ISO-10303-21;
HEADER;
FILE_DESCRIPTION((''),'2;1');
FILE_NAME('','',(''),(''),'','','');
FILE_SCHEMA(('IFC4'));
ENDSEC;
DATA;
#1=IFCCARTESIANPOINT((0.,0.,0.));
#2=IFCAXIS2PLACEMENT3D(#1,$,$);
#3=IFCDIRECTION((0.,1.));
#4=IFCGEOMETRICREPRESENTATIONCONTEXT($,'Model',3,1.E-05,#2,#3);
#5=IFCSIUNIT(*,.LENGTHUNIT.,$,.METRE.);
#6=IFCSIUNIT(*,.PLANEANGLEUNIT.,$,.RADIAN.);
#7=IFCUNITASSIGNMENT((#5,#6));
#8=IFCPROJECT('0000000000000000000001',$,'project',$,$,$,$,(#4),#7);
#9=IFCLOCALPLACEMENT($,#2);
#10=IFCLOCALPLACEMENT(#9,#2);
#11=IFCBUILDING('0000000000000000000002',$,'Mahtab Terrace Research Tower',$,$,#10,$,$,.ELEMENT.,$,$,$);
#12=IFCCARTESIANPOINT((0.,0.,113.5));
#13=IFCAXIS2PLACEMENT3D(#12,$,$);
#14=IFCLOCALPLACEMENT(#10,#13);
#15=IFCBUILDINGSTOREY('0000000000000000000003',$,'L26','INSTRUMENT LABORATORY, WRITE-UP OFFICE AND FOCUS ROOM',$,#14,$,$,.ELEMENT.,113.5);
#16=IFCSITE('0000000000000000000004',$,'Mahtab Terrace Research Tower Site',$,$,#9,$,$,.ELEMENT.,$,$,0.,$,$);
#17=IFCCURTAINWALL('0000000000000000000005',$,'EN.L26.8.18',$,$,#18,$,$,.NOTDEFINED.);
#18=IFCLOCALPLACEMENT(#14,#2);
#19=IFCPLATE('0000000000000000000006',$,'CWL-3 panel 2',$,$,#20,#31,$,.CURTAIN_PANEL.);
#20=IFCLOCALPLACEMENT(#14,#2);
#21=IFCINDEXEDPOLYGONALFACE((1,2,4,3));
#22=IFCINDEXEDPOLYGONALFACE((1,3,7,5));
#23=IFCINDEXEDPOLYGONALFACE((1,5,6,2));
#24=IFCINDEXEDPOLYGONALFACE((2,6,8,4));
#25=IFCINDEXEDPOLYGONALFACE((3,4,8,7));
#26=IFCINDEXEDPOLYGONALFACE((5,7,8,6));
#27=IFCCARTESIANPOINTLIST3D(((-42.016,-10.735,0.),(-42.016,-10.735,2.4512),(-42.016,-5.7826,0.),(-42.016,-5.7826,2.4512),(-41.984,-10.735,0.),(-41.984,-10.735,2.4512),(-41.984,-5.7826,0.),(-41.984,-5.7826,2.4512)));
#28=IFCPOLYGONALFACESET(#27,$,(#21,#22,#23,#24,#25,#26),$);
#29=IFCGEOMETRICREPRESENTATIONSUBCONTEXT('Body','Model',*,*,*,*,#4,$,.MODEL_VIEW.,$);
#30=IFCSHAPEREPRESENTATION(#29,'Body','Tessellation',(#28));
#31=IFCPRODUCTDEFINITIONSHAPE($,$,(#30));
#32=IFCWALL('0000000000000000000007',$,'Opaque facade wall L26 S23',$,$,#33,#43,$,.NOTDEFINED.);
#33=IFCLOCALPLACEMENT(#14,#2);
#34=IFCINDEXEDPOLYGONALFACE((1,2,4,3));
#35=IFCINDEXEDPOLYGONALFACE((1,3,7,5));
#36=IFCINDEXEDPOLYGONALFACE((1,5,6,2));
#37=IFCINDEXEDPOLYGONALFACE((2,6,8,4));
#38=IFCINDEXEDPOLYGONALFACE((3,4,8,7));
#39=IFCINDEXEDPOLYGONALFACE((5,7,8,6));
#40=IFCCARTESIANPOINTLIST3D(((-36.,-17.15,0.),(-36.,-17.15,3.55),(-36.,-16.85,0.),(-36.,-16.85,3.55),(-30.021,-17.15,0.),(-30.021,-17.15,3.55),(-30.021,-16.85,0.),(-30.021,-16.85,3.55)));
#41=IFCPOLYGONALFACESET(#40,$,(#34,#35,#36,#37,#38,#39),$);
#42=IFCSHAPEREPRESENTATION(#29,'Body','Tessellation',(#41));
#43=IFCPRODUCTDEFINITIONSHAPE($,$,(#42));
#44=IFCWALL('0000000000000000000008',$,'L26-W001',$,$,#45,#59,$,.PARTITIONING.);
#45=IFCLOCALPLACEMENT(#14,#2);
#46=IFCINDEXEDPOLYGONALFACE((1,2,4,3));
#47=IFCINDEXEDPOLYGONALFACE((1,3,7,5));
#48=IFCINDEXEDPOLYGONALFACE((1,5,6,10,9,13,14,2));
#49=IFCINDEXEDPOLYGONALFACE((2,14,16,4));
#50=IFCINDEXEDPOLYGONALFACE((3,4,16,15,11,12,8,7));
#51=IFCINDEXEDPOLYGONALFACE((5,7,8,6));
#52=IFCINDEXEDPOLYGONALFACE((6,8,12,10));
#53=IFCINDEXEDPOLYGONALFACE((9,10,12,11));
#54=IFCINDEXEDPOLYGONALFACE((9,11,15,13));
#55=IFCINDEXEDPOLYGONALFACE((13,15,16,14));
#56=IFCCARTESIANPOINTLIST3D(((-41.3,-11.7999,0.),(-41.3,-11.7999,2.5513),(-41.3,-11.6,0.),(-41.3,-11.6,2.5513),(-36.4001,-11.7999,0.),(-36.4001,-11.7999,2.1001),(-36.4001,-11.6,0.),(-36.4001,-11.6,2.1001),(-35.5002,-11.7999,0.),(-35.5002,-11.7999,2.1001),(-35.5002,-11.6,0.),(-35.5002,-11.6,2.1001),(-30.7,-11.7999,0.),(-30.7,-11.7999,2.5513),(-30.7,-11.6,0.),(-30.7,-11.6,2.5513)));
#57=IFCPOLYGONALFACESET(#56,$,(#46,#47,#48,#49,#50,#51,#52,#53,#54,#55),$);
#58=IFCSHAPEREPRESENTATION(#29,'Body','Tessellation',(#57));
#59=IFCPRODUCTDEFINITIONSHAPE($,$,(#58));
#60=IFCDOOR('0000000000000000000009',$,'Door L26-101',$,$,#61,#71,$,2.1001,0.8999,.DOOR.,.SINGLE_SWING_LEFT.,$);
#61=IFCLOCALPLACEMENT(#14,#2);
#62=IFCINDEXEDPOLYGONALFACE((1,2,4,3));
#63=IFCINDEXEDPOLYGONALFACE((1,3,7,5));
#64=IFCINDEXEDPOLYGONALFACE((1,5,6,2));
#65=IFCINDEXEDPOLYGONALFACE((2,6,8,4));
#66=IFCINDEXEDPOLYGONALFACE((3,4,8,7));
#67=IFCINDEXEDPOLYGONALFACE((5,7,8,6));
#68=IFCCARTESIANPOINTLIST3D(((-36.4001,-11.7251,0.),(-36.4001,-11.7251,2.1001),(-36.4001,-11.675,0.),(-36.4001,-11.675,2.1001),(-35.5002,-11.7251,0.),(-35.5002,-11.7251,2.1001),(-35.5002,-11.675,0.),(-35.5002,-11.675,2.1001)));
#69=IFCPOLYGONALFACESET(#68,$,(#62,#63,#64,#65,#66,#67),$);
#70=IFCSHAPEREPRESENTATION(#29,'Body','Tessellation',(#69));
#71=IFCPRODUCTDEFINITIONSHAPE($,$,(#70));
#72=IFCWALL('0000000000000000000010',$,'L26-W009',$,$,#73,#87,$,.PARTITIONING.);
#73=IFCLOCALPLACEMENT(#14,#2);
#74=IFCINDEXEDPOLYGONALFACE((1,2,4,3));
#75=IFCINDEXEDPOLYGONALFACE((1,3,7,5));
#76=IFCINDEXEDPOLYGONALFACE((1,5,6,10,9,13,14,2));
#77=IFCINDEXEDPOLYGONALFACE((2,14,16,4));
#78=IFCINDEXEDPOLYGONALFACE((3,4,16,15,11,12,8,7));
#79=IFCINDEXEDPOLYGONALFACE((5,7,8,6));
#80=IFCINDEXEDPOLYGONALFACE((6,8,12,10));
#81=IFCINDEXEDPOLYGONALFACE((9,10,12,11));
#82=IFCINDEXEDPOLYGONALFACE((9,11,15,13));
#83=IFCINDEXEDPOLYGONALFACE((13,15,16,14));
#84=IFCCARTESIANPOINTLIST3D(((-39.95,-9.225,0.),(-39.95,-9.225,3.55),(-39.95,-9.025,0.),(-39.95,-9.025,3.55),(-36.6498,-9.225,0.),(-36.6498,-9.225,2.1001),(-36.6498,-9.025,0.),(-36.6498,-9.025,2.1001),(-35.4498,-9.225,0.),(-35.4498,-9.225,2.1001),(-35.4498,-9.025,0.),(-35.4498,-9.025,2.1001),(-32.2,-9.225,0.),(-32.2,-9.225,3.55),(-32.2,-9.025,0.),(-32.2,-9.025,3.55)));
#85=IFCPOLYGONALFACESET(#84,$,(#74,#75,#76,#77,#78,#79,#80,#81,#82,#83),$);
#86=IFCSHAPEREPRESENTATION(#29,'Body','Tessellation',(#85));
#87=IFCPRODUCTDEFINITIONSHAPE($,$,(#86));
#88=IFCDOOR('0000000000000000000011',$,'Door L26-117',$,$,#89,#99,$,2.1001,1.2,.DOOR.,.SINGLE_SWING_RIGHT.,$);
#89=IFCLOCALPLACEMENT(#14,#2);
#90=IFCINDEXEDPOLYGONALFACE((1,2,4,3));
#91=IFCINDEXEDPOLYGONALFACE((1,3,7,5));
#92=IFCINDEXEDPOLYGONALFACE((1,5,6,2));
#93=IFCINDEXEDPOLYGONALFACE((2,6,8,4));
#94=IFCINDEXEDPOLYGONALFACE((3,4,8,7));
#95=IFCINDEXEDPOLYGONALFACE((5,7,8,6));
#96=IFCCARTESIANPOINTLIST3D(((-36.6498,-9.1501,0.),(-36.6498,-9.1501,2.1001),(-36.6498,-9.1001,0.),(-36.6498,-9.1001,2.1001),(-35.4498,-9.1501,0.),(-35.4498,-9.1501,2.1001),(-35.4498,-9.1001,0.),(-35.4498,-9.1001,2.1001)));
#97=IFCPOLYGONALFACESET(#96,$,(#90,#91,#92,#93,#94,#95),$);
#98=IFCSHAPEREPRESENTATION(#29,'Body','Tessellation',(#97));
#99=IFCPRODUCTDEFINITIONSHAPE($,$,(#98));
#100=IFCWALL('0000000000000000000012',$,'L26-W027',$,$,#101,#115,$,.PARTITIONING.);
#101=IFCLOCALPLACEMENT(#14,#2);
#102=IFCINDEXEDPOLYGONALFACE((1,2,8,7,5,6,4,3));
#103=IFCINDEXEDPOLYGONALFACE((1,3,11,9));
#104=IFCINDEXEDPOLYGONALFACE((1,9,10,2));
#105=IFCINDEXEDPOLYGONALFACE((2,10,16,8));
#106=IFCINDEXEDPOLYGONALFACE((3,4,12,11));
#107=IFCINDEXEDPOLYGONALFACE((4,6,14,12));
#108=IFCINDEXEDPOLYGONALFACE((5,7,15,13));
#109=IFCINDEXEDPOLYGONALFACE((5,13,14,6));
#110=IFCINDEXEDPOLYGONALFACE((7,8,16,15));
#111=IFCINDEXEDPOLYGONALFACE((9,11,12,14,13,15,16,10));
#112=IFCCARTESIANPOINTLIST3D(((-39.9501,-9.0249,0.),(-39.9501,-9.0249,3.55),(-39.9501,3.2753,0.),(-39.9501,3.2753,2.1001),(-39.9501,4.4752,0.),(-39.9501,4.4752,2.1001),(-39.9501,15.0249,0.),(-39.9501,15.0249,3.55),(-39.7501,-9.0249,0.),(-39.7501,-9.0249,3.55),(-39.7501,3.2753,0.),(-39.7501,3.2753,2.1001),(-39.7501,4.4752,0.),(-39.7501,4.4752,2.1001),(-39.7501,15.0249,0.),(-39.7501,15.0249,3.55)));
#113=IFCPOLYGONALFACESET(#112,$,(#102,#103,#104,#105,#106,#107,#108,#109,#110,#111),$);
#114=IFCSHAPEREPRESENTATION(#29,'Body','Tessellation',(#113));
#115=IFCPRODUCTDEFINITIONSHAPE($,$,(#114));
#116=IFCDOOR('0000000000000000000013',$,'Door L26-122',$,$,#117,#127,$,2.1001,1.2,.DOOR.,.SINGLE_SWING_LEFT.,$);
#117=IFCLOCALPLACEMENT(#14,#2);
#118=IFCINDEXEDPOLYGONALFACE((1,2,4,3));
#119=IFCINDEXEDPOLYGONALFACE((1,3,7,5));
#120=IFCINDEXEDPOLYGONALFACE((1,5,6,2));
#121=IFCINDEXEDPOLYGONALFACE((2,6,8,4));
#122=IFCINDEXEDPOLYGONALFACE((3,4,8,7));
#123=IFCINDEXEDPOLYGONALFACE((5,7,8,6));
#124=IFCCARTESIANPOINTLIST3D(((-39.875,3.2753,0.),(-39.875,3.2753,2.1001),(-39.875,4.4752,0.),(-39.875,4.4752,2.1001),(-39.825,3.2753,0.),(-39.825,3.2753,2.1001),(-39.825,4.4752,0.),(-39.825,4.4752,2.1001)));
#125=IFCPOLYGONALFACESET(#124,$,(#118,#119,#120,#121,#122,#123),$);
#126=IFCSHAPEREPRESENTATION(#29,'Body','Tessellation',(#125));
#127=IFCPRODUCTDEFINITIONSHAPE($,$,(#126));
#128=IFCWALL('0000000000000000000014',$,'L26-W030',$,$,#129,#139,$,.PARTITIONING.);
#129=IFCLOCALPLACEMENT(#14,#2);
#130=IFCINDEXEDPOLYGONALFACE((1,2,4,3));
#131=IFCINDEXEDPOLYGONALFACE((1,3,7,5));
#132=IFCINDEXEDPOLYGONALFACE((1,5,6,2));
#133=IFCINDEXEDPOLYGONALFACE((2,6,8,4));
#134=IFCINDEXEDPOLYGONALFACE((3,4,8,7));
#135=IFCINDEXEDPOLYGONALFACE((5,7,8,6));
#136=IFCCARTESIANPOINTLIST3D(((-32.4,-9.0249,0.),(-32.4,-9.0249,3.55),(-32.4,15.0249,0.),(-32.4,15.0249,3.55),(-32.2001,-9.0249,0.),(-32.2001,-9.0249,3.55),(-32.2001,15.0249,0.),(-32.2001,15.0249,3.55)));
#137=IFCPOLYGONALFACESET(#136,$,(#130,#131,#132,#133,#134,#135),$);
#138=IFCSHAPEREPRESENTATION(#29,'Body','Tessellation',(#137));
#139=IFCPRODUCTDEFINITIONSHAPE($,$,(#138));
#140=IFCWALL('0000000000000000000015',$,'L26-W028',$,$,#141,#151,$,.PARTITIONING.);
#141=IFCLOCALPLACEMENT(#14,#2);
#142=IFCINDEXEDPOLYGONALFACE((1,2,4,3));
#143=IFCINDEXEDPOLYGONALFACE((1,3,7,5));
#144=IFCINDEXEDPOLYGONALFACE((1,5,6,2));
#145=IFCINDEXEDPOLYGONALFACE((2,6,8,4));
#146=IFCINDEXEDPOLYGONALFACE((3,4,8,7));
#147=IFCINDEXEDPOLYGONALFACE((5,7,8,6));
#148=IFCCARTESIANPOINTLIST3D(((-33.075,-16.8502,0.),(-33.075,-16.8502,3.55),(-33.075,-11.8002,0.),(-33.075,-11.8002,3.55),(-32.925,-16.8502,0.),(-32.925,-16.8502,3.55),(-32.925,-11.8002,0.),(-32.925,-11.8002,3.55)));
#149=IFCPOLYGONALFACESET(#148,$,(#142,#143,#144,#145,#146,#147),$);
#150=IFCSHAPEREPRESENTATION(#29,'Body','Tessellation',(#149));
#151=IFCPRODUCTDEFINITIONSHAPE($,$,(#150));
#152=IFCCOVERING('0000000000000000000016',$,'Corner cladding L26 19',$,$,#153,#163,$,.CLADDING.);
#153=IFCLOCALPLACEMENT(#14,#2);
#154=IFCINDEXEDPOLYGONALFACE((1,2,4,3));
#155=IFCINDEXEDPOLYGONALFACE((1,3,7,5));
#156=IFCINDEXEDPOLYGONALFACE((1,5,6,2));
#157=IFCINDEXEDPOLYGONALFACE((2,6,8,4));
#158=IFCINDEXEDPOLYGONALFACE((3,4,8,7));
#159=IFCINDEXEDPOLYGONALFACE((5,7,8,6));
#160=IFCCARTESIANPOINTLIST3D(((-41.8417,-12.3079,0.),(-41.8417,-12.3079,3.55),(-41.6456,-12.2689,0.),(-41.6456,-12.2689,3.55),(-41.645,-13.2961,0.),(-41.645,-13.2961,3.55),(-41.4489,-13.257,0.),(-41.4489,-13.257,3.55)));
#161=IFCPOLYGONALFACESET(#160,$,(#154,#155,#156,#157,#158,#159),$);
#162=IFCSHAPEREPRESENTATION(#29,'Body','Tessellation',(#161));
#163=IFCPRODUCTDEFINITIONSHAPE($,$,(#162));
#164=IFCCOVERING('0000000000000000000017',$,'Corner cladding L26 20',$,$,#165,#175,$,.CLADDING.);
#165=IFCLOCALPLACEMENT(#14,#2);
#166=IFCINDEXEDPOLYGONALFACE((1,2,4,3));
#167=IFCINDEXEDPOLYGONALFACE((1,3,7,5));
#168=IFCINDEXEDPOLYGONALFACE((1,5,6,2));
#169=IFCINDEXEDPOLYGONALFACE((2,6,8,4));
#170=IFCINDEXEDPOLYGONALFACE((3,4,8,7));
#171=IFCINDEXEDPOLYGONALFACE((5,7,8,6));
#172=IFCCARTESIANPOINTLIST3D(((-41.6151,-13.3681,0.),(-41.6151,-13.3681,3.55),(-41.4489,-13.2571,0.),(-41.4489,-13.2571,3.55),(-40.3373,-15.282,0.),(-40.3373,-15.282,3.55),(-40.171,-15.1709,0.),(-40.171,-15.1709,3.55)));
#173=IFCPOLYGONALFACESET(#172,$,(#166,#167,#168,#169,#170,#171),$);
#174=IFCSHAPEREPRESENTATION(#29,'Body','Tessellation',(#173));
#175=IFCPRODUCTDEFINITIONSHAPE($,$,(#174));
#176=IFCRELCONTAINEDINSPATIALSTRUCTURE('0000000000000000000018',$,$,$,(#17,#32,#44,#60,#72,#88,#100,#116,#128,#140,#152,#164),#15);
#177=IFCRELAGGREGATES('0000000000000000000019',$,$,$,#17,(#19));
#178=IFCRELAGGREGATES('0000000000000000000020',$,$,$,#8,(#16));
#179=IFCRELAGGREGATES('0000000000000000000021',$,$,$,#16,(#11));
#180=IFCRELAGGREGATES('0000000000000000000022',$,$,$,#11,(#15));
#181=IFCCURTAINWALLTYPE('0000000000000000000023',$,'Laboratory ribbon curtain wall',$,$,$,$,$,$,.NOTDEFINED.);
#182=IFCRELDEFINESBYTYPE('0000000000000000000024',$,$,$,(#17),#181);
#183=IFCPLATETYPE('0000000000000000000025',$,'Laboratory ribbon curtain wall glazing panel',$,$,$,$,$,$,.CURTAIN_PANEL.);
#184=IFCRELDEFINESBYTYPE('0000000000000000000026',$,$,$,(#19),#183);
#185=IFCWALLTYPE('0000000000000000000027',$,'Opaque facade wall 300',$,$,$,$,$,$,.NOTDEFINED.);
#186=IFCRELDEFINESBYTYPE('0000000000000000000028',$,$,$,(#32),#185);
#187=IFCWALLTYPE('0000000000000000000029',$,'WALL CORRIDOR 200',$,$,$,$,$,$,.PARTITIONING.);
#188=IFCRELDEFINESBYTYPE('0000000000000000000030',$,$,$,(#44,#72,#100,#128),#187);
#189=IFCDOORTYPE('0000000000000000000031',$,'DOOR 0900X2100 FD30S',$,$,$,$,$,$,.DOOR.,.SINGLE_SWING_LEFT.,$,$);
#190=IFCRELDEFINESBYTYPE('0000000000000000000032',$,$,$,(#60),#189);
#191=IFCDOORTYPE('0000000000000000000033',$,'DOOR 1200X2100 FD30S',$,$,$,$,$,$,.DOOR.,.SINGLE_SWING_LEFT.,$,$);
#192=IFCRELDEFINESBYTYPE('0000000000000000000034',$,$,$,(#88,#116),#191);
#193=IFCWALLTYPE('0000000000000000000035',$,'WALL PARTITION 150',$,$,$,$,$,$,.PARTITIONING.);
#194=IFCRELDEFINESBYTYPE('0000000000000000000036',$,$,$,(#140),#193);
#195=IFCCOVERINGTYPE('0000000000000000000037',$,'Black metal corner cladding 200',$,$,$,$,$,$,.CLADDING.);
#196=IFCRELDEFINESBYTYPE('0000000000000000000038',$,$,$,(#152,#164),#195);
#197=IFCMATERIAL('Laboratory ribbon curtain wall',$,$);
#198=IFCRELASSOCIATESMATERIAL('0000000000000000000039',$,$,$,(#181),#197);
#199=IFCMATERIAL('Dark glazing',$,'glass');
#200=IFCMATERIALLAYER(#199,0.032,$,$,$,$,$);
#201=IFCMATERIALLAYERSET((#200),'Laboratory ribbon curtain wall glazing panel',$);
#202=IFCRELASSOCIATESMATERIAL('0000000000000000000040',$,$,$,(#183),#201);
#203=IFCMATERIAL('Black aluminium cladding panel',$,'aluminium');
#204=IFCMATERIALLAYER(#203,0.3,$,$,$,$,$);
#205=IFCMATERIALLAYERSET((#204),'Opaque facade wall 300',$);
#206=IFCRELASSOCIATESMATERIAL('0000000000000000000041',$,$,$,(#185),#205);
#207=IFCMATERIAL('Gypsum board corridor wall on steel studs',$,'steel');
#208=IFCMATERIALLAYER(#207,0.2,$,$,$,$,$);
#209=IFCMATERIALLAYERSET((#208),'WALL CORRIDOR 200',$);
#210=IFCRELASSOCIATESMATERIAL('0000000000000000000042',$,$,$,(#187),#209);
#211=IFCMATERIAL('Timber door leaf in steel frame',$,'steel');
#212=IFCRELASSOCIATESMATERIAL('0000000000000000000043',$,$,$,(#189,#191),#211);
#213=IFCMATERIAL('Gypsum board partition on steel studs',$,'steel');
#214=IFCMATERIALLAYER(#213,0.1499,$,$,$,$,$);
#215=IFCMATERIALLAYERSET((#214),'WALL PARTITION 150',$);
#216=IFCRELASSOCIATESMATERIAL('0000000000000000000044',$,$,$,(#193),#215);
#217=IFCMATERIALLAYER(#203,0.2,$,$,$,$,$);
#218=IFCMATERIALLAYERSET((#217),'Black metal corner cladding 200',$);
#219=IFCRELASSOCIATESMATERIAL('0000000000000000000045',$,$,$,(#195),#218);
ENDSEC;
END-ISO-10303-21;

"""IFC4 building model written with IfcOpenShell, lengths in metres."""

from ifc_helpers import new_model, si_unit, direction, frame, frame_2d, origin, origin_2d, place, context, subcontext, project, spatial, rectangle, extrude, material, layer, layer_set, type_object, element, fill, aggregate, save


model = new_model("IFC4")

# Units and contexts
model_context = context("Model", 3, precision=1e-05, world=origin(), true_north=direction((0.0, 1.0)))
body_context = subcontext(model_context, "Body", "Model", "MODEL_VIEW")
ifc_project = project(units=[si_unit("LENGTHUNIT", "METRE"), si_unit("PLANEANGLEUNIT", "RADIAN")], contexts=[model_context])

# Site, building, storey
site_placement = place(None, origin())
site = spatial("IfcSite", under=ifc_project, at=site_placement, Name="Mahtab Terrace Research Tower Site", CompositionType="ELEMENT", RefElevation=0.0)
building_placement = place(site_placement, origin())
building = spatial("IfcBuilding", under=site, at=building_placement, Name="Mahtab Terrace Research Tower", CompositionType="ELEMENT")
storey_placement = place(building_placement, frame((0.0, 0.0, 113.5)))
storey = spatial("IfcBuildingStorey", under=building, at=storey_placement, Name="L26", Description="INSTRUMENT LABORATORY, WRITE-UP OFFICE AND FOCUS ROOM", CompositionType="ELEMENT", Elevation=113.5)

# Curtain wall
ifc_material_1 = material(Name="Laboratory ribbon curtain wall")
curtain_wall_type = type_object("IfcCurtainWallType", Name="Laboratory ribbon curtain wall", PredefinedType="NOTDEFINED", material=ifc_material_1)
curtain_wall_placement = place(storey_placement, origin())
curtain_wall = element("IfcCurtainWall", 1, at=curtain_wall_placement, inside=storey, type_object=curtain_wall_type, Name="EN.L26.8.18", PredefinedType="NOTDEFINED")

# Plate
ifc_material_2 = material(Name="Dark glazing", Category="glass")
ifc_layer_1 = layer(ifc_material_2, 0.032)
ifc_layer_set_1 = layer_set([ifc_layer_1], Name="Laboratory ribbon curtain wall glazing panel")
plate_type = type_object("IfcPlateType", Name="Laboratory ribbon curtain wall glazing panel", PredefinedType="CURTAIN_PANEL", material=ifc_layer_set_1)
plate_1_placement = place(storey_placement, frame((-42.0, -8.2588, 0.0), z_axis=(0.0, 0.0, 1.0), x_axis=(0.0, -1.0, 0.0)))
plate_1 = element("IfcPlate", 2, at=plate_1_placement, type_object=plate_type, Name="CWL-3 panel 2", PredefinedType="CURTAIN_PANEL", context=body_context, shape_type="SweptSolid", body=[
    extrude(rectangle(XDim=4.9524, YDim=0.032, at=origin_2d()), origin(), (0.0, 0.0, 1.0), 2.4512),
])
aggregate(curtain_wall, [plate_1])

# Wall
ifc_material_3 = material(Name="Black aluminium cladding panel", Category="aluminium")
ifc_layer_2 = layer(ifc_material_3, 0.3)
ifc_layer_set_2 = layer_set([ifc_layer_2], Name="Opaque facade wall 300")
wall_type_1 = type_object("IfcWallType", Name="Opaque facade wall 300", PredefinedType="NOTDEFINED", material=ifc_layer_set_2)
wall_1_placement = place(storey_placement, frame((-36.0, -17.0, 0.0), z_axis=(0.0, 0.0, 1.0), x_axis=(1.0, 0.0, 0.0)))
element("IfcWall", 3, at=wall_1_placement, inside=storey, type_object=wall_type_1, Name="Opaque facade wall L26 S23", PredefinedType="NOTDEFINED", context=body_context, shape_type="SweptSolid", body=[
    extrude(rectangle(XDim=5.979, YDim=0.3, at=frame_2d((2.9895, 0.0))), origin(), (0.0, 0.0, 1.0), 3.55),
])

# Walls, openings, doors
ifc_material_4 = material(Name="Gypsum board corridor wall on steel studs", Category="steel")
ifc_layer_3 = layer(ifc_material_4, 0.2)
ifc_layer_set_3 = layer_set([ifc_layer_3], Name="WALL CORRIDOR 200")
wall_type_2 = type_object("IfcWallType", Name="WALL CORRIDOR 200", PredefinedType="PARTITIONING", material=ifc_layer_set_3)
wall_2_placement = place(storey_placement, frame((-41.3, -11.7, 0.0), z_axis=(0.0, 0.0, 1.0), x_axis=(1.0, 0.0, 0.0)))
wall_2 = element("IfcWall", 4, at=wall_2_placement, inside=storey, type_object=wall_type_2, Name="L26-W001", PredefinedType="PARTITIONING", context=body_context, shape_type="SweptSolid", body=[
    extrude(rectangle(XDim=10.6001, YDim=0.2, at=frame_2d((5.3, 0.0))), origin(), (0.0, 0.0, 1.0), 2.5513),
])
opening_1_placement = place(wall_2_placement, frame((4.8999, 0.0, 0.0)))
opening_1 = element("IfcOpeningElement", 5, at=opening_1_placement, cuts=wall_2, PredefinedType="OPENING", context=body_context, shape_type="SweptSolid", body=[
    extrude(rectangle(XDim=0.8999, YDim=2.1001, at=frame_2d((0.45, 1.05))), frame((0.0, 0.1099, 0.0), z_axis=(0.0, -1.0, 0.0), x_axis=(1.0, 0.0, 0.0)), (0.0, 0.0, 1.0), 0.22),
])
ifc_material_5 = material(Name="Timber door leaf in steel frame", Category="steel")
door_type_1 = type_object("IfcDoorType", Name="DOOR 0900X2100 FD30S", OperationType="SINGLE_SWING_LEFT", PredefinedType="DOOR", material=ifc_material_5)
door_1_placement = place(opening_1_placement, origin())
door_1 = element("IfcDoor", 6, at=door_1_placement, inside=storey, type_object=door_type_1, Name="Door L26-101", OperationType="SINGLE_SWING_LEFT", OverallHeight=2.1001, OverallWidth=0.8999, PredefinedType="DOOR", context=body_context, shape_type="SweptSolid", body=[
    extrude(rectangle(XDim=0.8999, YDim=2.1001, at=frame_2d((0.45, 1.05))), frame((0.0, 0.0249, 0.0), z_axis=(0.0, -1.0, 0.0), x_axis=(1.0, 0.0, 0.0)), (0.0, 0.0, 1.0), 0.05),
])
fill(opening_1, door_1)
wall_3_placement = place(storey_placement, frame((-39.95, -9.125, 0.0), z_axis=(0.0, 0.0, 1.0), x_axis=(1.0, 0.0, 0.0)))
wall_3 = element("IfcWall", 7, at=wall_3_placement, inside=storey, type_object=wall_type_2, Name="L26-W009", PredefinedType="PARTITIONING", context=body_context, shape_type="SweptSolid", body=[
    extrude(rectangle(XDim=7.75, YDim=0.2, at=frame_2d((3.875, 0.0))), origin(), (0.0, 0.0, 1.0), 3.55),
])
opening_2_placement = place(wall_3_placement, frame((3.3, 0.0, 0.0)))
opening_2 = element("IfcOpeningElement", 8, at=opening_2_placement, cuts=wall_3, PredefinedType="OPENING", context=body_context, shape_type="SweptSolid", body=[
    extrude(rectangle(XDim=1.2, YDim=2.1001, at=frame_2d((0.6001, 1.05))), frame((0.0, 0.1099, 0.0), z_axis=(0.0, -1.0, 0.0), x_axis=(1.0, 0.0, 0.0)), (0.0, 0.0, 1.0), 0.22),
])
door_type_2 = type_object("IfcDoorType", Name="DOOR 1200X2100 FD30S", OperationType="SINGLE_SWING_LEFT", PredefinedType="DOOR", material=ifc_material_5)
door_2_placement = place(opening_2_placement, origin())
door_2 = element("IfcDoor", 9, at=door_2_placement, inside=storey, type_object=door_type_2, Name="Door L26-117", OperationType="SINGLE_SWING_RIGHT", OverallHeight=2.1001, OverallWidth=1.2, PredefinedType="DOOR", context=body_context, shape_type="SweptSolid", body=[
    extrude(rectangle(XDim=1.2, YDim=2.1001, at=frame_2d((0.6001, 1.05))), frame((0.0, 0.0249, 0.0), z_axis=(0.0, -1.0, 0.0), x_axis=(1.0, 0.0, 0.0)), (0.0, 0.0, 1.0), 0.05),
])
fill(opening_2, door_2)
wall_4_placement = place(storey_placement, frame((-39.8501, -9.0249, 0.0), z_axis=(0.0, 0.0, 1.0), x_axis=(0.0, 1.0, 0.0)))
wall_4 = element("IfcWall", 10, at=wall_4_placement, inside=storey, type_object=wall_type_2, Name="L26-W027", PredefinedType="PARTITIONING", context=body_context, shape_type="SweptSolid", body=[
    extrude(rectangle(XDim=24.0498, YDim=0.2, at=frame_2d((12.0249, 0.0))), origin(), (0.0, 0.0, 1.0), 3.55),
])
opening_3_placement = place(wall_4_placement, frame((12.3, 0.0, 0.0)))
opening_3 = element("IfcOpeningElement", 11, at=opening_3_placement, cuts=wall_4, PredefinedType="OPENING", context=body_context, shape_type="SweptSolid", body=[
    extrude(rectangle(XDim=1.2, YDim=2.1001, at=frame_2d((0.6001, 1.05))), frame((0.0, 0.1099, 0.0), z_axis=(0.0, -1.0, 0.0), x_axis=(1.0, 0.0, 0.0)), (0.0, 0.0, 1.0), 0.22),
])
door_3_placement = place(opening_3_placement, origin())
door_3 = element("IfcDoor", 12, at=door_3_placement, inside=storey, type_object=door_type_2, Name="Door L26-122", OperationType="SINGLE_SWING_LEFT", OverallHeight=2.1001, OverallWidth=1.2, PredefinedType="DOOR", context=body_context, shape_type="SweptSolid", body=[
    extrude(rectangle(XDim=1.2, YDim=2.1001, at=frame_2d((0.6001, 1.05))), frame((0.0, 0.0249, 0.0), z_axis=(0.0, -1.0, 0.0), x_axis=(1.0, 0.0, 0.0)), (0.0, 0.0, 1.0), 0.05),
])
fill(opening_3, door_3)

# Walls
wall_5_placement = place(storey_placement, frame((-32.3, -9.0249, 0.0), z_axis=(0.0, 0.0, 1.0), x_axis=(0.0, 1.0, 0.0)))
element("IfcWall", 13, at=wall_5_placement, inside=storey, type_object=wall_type_2, Name="L26-W030", PredefinedType="PARTITIONING", context=body_context, shape_type="SweptSolid", body=[
    extrude(rectangle(XDim=24.0498, YDim=0.2, at=frame_2d((12.0249, 0.0))), origin(), (0.0, 0.0, 1.0), 3.55),
])
ifc_material_6 = material(Name="Gypsum board partition on steel studs", Category="steel")
ifc_layer_4 = layer(ifc_material_6, 0.1499)
ifc_layer_set_4 = layer_set([ifc_layer_4], Name="WALL PARTITION 150")
wall_type_3 = type_object("IfcWallType", Name="WALL PARTITION 150", PredefinedType="PARTITIONING", material=ifc_layer_set_4)
wall_6_placement = place(storey_placement, frame((-33.0, -16.8501, 0.0), z_axis=(0.0, 0.0, 1.0), x_axis=(0.0, 1.0, 0.0)))
element("IfcWall", 14, at=wall_6_placement, inside=storey, type_object=wall_type_3, Name="L26-W028", PredefinedType="PARTITIONING", context=body_context, shape_type="SweptSolid", body=[
    extrude(rectangle(XDim=5.05, YDim=0.1499, at=frame_2d((2.5249, 0.0))), origin(), (0.0, 0.0, 1.0), 3.55),
])

# Coverings
ifc_layer_5 = layer(ifc_material_3, 0.2)
ifc_layer_set_5 = layer_set([ifc_layer_5], Name="Black metal corner cladding 200")
covering_type = type_object("IfcCoveringType", Name="Black metal corner cladding 200", PredefinedType="CLADDING", material=ifc_layer_set_5)
covering_placement = place(storey_placement, frame((-41.6453, -12.7825, 0.0), z_axis=(0.0, 0.0, 1.0), x_axis=(0.195212, -0.980761, 0.0)))
element("IfcCovering", 15, at=covering_placement, inside=storey, type_object=covering_type, Name="Corner cladding L26 19", PredefinedType="CLADDING", context=body_context, shape_type="SweptSolid", body=[
    extrude(rectangle(XDim=1.0076, YDim=0.2, at=origin_2d()), origin(), (0.0, 0.0, 1.0), 3.55),
])
for number, where, z_axis, x_axis, name in (
    (16, (-40.8931, -14.2695, 0.0), (0.0, 0.0, 1.0), (0.555291, -0.831656, 0.0), "Corner cladding L26 20"),
):
    element("IfcCovering", number, at=place(storey_placement, frame(where, z_axis=z_axis, x_axis=x_axis)), inside=storey, type_object=covering_type, Name=name, PredefinedType="CLADDING", context=body_context, shape_type="SweptSolid", body=[
        extrude(rectangle(XDim=2.3013, YDim=0.2, at=origin_2d()), origin(), (0.0, 0.0, 1.0), 3.55),
    ])

save(model, "model.ifc")
